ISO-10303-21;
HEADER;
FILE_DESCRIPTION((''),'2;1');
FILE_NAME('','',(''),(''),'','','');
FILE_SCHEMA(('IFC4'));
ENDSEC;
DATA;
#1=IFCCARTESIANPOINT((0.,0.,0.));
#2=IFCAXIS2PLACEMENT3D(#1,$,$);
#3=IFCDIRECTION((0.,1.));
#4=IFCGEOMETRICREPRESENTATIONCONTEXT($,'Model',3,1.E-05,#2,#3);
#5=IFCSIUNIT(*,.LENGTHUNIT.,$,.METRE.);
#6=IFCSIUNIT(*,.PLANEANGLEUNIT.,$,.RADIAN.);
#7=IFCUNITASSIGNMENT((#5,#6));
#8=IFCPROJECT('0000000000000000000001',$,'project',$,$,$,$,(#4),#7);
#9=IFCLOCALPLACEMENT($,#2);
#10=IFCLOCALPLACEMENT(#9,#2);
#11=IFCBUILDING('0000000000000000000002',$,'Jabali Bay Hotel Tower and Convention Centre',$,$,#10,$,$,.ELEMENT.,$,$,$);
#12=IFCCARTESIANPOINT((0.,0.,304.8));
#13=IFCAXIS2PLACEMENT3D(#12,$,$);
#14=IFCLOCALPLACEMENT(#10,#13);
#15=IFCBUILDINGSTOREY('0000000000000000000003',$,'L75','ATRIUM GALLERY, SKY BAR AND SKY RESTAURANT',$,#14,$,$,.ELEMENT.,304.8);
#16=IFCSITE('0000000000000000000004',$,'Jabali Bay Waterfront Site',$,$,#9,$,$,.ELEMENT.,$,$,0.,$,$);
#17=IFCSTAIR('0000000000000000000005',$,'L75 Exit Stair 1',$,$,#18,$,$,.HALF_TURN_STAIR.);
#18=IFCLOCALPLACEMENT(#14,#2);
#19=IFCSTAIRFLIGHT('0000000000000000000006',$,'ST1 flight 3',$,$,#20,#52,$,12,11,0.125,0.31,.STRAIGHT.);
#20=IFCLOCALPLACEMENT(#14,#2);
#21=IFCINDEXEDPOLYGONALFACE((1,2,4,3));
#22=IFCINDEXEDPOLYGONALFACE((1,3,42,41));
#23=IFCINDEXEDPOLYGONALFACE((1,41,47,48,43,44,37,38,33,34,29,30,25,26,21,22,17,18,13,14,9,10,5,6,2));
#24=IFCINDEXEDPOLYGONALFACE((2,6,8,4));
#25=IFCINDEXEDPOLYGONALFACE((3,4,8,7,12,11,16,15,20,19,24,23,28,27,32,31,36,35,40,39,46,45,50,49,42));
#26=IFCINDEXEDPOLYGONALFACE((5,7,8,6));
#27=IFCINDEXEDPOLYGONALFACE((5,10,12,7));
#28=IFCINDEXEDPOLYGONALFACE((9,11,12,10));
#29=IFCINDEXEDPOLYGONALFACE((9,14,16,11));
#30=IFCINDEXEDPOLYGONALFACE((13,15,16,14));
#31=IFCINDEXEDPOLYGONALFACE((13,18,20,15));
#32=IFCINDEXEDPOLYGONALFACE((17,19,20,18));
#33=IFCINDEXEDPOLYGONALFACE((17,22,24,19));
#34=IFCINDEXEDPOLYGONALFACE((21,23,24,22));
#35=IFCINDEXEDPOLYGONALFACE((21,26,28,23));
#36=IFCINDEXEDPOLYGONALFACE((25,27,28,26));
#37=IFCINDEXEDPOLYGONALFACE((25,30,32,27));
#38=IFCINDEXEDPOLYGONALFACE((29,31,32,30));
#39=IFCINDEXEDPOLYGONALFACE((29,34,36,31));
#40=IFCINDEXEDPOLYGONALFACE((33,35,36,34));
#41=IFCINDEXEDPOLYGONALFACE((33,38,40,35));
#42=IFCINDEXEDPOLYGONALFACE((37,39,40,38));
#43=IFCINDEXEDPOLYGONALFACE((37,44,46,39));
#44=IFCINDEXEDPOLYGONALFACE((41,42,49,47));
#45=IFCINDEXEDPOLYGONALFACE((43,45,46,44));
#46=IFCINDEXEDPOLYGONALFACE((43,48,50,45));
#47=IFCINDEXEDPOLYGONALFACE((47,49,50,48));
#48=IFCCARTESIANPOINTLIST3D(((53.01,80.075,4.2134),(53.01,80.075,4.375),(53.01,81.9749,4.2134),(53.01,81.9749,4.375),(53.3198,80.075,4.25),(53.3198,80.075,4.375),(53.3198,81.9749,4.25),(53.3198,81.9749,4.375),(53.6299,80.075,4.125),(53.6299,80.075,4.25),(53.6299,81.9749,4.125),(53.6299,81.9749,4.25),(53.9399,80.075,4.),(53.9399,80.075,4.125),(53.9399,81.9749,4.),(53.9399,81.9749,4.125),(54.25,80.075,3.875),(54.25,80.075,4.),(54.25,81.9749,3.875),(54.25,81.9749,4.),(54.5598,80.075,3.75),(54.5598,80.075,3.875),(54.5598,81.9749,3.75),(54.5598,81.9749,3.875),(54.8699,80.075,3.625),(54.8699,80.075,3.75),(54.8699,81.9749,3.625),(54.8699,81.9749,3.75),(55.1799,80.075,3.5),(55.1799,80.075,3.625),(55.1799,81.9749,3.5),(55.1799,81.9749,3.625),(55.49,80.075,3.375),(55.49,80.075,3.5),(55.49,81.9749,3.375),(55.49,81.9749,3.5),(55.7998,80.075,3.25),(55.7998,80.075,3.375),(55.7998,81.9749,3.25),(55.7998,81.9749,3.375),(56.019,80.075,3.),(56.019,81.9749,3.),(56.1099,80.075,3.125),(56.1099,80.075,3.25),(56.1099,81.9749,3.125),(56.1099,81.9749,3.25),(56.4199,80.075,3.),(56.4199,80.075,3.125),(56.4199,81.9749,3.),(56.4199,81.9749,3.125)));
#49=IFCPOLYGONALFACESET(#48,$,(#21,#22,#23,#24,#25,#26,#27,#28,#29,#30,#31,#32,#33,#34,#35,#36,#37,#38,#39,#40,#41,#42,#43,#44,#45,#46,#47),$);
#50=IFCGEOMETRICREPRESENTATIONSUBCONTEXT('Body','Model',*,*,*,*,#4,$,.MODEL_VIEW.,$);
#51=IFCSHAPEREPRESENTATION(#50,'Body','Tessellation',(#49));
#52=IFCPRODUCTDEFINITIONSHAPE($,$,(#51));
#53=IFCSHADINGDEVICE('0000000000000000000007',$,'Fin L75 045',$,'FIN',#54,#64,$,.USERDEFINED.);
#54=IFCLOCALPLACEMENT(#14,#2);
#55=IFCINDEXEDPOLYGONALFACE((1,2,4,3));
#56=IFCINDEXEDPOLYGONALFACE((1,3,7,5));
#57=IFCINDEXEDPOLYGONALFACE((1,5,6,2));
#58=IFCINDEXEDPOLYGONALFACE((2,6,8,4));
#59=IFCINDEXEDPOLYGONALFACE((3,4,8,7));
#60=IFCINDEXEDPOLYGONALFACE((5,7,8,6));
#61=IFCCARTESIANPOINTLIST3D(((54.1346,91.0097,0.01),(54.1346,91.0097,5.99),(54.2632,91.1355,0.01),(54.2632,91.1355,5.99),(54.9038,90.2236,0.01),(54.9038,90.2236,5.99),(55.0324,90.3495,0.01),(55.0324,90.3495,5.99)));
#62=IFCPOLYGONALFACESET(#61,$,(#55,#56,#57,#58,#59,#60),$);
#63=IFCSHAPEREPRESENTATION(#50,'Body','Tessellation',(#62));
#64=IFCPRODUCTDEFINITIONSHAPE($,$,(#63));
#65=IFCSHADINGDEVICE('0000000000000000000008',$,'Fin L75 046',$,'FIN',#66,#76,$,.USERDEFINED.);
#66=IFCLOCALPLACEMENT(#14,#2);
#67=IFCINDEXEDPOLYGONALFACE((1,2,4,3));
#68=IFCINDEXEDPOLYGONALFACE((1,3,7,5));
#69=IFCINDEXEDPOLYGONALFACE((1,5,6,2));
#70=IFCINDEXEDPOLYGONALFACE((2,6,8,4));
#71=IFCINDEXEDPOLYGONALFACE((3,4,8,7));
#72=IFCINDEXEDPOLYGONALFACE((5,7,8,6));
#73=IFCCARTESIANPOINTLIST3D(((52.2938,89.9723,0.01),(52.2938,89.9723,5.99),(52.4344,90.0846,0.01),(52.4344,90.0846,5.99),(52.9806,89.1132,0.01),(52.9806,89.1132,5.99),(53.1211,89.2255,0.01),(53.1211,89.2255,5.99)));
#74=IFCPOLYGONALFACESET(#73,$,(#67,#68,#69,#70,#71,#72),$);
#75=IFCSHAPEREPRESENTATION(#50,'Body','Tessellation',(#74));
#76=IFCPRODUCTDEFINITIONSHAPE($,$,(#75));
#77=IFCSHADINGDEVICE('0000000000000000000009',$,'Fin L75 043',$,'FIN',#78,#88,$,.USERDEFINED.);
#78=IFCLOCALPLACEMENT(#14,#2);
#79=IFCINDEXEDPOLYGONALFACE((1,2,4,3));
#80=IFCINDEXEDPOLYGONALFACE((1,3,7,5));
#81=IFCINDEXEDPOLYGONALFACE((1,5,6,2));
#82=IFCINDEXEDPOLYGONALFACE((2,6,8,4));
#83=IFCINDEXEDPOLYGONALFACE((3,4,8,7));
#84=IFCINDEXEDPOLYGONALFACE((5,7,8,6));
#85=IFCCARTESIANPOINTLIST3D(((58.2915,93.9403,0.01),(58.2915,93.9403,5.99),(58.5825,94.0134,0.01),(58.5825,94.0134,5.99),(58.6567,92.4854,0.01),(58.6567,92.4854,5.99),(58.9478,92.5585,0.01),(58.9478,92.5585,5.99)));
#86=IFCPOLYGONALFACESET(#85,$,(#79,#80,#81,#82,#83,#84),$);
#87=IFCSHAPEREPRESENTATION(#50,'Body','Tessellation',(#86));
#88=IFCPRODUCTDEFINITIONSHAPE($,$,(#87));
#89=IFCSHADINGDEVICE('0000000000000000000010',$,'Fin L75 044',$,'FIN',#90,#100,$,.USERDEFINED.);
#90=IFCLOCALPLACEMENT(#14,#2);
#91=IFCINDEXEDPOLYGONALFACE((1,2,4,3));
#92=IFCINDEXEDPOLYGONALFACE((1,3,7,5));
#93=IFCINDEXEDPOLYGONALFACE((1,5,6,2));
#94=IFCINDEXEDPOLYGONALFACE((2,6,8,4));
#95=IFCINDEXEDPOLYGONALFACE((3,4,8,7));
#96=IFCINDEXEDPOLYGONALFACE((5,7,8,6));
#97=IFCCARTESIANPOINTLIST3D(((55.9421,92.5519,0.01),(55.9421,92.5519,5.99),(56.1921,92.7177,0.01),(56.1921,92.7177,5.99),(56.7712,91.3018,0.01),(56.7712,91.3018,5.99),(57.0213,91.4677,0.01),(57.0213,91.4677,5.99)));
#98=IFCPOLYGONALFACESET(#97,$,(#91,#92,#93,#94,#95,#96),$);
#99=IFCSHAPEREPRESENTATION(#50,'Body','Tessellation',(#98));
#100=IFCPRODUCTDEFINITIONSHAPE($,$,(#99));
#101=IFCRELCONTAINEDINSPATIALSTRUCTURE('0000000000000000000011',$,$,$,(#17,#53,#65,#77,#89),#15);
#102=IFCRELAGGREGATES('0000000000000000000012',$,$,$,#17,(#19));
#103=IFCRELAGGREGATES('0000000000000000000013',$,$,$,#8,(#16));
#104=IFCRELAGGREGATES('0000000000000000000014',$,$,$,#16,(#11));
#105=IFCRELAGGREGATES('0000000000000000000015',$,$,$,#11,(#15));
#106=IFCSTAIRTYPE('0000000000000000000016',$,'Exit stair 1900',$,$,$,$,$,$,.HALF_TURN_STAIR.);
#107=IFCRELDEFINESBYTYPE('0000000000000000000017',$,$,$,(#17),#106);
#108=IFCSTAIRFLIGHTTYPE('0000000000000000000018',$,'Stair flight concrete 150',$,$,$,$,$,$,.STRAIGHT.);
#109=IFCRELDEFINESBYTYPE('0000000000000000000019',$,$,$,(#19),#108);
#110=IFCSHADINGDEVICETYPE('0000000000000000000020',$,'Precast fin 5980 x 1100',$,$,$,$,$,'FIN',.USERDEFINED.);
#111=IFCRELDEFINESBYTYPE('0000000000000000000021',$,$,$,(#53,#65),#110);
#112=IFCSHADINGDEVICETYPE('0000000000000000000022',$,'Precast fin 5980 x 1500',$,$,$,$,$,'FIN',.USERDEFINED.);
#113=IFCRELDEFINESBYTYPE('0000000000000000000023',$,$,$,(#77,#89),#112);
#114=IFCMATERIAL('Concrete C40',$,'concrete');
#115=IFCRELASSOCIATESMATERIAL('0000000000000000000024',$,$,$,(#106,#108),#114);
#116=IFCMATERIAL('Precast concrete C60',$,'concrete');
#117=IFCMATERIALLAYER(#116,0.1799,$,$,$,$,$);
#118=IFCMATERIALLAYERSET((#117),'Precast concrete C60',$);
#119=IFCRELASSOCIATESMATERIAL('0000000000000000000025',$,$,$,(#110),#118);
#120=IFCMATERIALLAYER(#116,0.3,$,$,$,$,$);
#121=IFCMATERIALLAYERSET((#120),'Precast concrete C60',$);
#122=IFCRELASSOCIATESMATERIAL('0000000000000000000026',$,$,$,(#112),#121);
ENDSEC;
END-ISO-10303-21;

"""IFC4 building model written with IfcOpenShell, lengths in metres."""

from ifc_helpers import new_model, si_unit, direction, frame, frame_2d, origin, place, context, subcontext, project, spatial, polyline, rectangle, outline, extrude, material, layer, layer_set, type_object, element, aggregate, save


model = new_model("IFC4")

# Units and contexts
model_context = context("Model", 3, precision=1e-05, world=origin(), true_north=direction((0.0, 1.0)))
body_context = subcontext(model_context, "Body", "Model", "MODEL_VIEW")
ifc_project = project(units=[si_unit("LENGTHUNIT", "METRE"), si_unit("PLANEANGLEUNIT", "RADIAN")], contexts=[model_context])

# Site, building, storey
site_placement = place(None, origin())
site = spatial("IfcSite", under=ifc_project, at=site_placement, Name="Jabali Bay Waterfront Site", CompositionType="ELEMENT", RefElevation=0.0)
building_placement = place(site_placement, origin())
building = spatial("IfcBuilding", under=site, at=building_placement, Name="Jabali Bay Hotel Tower and Convention Centre", CompositionType="ELEMENT")
storey_placement = place(building_placement, frame((0.0, 0.0, 304.8)))
storey = spatial("IfcBuildingStorey", under=building, at=storey_placement, Name="L75", Description="ATRIUM GALLERY, SKY BAR AND SKY RESTAURANT", CompositionType="ELEMENT", Elevation=304.8)

# Shared definitions
ifc_material_1 = material(Name="Concrete C40", Category="concrete")

# Stair, stair flight
stair_type = type_object("IfcStairType", Name="Exit stair 1900", PredefinedType="HALF_TURN_STAIR", material=ifc_material_1)
stair_placement = place(storey_placement, origin())
stair = element("IfcStair", 1, at=stair_placement, inside=storey, type_object=stair_type, Name="L75 Exit Stair 1", PredefinedType="HALF_TURN_STAIR")
stair_flight_type = type_object("IfcStairFlightType", Name="Stair flight concrete 150", PredefinedType="STRAIGHT", material=ifc_material_1)
stair_flight_1_placement = place(storey_placement, frame((56.4199, 81.0249, 3.0), z_axis=(0.0, 0.0, 1.0), x_axis=(-1.0, 0.0, 0.0)))
stair_flight_1 = element("IfcStairFlight", 2, at=stair_flight_1_placement, type_object=stair_flight_type, Name="ST1 flight 3", NumberOfRisers=12, NumberOfTreads=11, PredefinedType="STRAIGHT", RiserHeight=0.125, TreadLength=0.31, context=body_context, shape_type="SweptSolid", body=[
    extrude(outline(polyline([(0.0, 0.0), (0.0, 0.125), (0.3101, 0.125), (0.3101, 0.25), (0.6201, 0.25), (0.6201, 0.375), (0.9299, 0.375), (0.9299, 0.5), (1.24, 0.5), (1.24, 0.625), (1.55, 0.625), (1.55, 0.75), (1.8601, 0.75), (1.8601, 0.875), (2.1699, 0.875), (2.1699, 1.0), (2.48, 1.0), (2.48, 1.125), (2.79, 1.125), (2.79, 1.25), (3.1001, 1.25), (3.1001, 1.375), (3.4099, 1.375), (3.4099, 1.5), (3.4099, 1.2134), (0.4009, 0.0), (0.0, 0.0)])), frame((0.0, 0.95, 0.0), z_axis=(0.0, -1.0, 0.0), x_axis=(1.0, 0.0, 0.0)), (0.0, 0.0, 1.0), 1.8999),
])
aggregate(stair, [stair_flight_1])

# Shading devices
ifc_material_2 = material(Name="Precast concrete C60", Category="concrete")
ifc_layer_1 = layer(ifc_material_2, 0.1799)
ifc_layer_set_1 = layer_set([ifc_layer_1], Name="Precast concrete C60")
shading_device_type_1 = type_object("IfcShadingDeviceType", Name="Precast fin 5980 x 1100", ElementType="FIN", PredefinedType="USERDEFINED", material=ifc_layer_set_1)
for number, where, z_axis, x_axis, name in (
    (3, (54.968, 90.2866, 0.01), (0.0, 0.0, 1.0), (-0.699408, 0.714723, 0.0), "Fin L75 045"),
    (4, (53.0508, 89.1694, 0.01), (0.0, 0.0, 1.0), (-0.624397, 0.781107, 0.0), "Fin L75 046"),
):
    element("IfcShadingDevice", number, at=place(storey_placement, frame(where, z_axis=z_axis, x_axis=x_axis)), inside=storey, type_object=shading_device_type_1, Name=name, ObjectType="FIN", PredefinedType="USERDEFINED", context=body_context, shape_type="SweptSolid", body=[
        extrude(rectangle(XDim=1.0999, YDim=0.1799, at=frame_2d((0.5498, 0.0))), origin(), (0.0, 0.0, 1.0), 5.98),
    ])
ifc_layer_2 = layer(ifc_material_2, 0.3)
ifc_layer_set_2 = layer_set([ifc_layer_2], Name="Precast concrete C60")
shading_device_type_2 = type_object("IfcShadingDeviceType", Name="Precast fin 5980 x 1500", ElementType="FIN", PredefinedType="USERDEFINED", material=ifc_layer_set_2)
for number, where, z_axis, x_axis, name in (
    (5, (58.8022, 92.522, 0.01), (0.0, 0.0, 1.0), (-0.243493, 0.969903, 0.0), "Fin L75 043"),
    (6, (56.8962, 91.3848, 0.01), (0.0, 0.0, 1.0), (-0.552746, 0.83335, 0.0), "Fin L75 044"),
):
    element("IfcShadingDevice", number, at=place(storey_placement, frame(where, z_axis=z_axis, x_axis=x_axis)), inside=storey, type_object=shading_device_type_2, Name=name, ObjectType="FIN", PredefinedType="USERDEFINED", context=body_context, shape_type="SweptSolid", body=[
        extrude(rectangle(XDim=1.5, YDim=0.3, at=frame_2d((0.75, 0.0))), origin(), (0.0, 0.0, 1.0), 5.98),
    ])

save(model, "model.ifc")
